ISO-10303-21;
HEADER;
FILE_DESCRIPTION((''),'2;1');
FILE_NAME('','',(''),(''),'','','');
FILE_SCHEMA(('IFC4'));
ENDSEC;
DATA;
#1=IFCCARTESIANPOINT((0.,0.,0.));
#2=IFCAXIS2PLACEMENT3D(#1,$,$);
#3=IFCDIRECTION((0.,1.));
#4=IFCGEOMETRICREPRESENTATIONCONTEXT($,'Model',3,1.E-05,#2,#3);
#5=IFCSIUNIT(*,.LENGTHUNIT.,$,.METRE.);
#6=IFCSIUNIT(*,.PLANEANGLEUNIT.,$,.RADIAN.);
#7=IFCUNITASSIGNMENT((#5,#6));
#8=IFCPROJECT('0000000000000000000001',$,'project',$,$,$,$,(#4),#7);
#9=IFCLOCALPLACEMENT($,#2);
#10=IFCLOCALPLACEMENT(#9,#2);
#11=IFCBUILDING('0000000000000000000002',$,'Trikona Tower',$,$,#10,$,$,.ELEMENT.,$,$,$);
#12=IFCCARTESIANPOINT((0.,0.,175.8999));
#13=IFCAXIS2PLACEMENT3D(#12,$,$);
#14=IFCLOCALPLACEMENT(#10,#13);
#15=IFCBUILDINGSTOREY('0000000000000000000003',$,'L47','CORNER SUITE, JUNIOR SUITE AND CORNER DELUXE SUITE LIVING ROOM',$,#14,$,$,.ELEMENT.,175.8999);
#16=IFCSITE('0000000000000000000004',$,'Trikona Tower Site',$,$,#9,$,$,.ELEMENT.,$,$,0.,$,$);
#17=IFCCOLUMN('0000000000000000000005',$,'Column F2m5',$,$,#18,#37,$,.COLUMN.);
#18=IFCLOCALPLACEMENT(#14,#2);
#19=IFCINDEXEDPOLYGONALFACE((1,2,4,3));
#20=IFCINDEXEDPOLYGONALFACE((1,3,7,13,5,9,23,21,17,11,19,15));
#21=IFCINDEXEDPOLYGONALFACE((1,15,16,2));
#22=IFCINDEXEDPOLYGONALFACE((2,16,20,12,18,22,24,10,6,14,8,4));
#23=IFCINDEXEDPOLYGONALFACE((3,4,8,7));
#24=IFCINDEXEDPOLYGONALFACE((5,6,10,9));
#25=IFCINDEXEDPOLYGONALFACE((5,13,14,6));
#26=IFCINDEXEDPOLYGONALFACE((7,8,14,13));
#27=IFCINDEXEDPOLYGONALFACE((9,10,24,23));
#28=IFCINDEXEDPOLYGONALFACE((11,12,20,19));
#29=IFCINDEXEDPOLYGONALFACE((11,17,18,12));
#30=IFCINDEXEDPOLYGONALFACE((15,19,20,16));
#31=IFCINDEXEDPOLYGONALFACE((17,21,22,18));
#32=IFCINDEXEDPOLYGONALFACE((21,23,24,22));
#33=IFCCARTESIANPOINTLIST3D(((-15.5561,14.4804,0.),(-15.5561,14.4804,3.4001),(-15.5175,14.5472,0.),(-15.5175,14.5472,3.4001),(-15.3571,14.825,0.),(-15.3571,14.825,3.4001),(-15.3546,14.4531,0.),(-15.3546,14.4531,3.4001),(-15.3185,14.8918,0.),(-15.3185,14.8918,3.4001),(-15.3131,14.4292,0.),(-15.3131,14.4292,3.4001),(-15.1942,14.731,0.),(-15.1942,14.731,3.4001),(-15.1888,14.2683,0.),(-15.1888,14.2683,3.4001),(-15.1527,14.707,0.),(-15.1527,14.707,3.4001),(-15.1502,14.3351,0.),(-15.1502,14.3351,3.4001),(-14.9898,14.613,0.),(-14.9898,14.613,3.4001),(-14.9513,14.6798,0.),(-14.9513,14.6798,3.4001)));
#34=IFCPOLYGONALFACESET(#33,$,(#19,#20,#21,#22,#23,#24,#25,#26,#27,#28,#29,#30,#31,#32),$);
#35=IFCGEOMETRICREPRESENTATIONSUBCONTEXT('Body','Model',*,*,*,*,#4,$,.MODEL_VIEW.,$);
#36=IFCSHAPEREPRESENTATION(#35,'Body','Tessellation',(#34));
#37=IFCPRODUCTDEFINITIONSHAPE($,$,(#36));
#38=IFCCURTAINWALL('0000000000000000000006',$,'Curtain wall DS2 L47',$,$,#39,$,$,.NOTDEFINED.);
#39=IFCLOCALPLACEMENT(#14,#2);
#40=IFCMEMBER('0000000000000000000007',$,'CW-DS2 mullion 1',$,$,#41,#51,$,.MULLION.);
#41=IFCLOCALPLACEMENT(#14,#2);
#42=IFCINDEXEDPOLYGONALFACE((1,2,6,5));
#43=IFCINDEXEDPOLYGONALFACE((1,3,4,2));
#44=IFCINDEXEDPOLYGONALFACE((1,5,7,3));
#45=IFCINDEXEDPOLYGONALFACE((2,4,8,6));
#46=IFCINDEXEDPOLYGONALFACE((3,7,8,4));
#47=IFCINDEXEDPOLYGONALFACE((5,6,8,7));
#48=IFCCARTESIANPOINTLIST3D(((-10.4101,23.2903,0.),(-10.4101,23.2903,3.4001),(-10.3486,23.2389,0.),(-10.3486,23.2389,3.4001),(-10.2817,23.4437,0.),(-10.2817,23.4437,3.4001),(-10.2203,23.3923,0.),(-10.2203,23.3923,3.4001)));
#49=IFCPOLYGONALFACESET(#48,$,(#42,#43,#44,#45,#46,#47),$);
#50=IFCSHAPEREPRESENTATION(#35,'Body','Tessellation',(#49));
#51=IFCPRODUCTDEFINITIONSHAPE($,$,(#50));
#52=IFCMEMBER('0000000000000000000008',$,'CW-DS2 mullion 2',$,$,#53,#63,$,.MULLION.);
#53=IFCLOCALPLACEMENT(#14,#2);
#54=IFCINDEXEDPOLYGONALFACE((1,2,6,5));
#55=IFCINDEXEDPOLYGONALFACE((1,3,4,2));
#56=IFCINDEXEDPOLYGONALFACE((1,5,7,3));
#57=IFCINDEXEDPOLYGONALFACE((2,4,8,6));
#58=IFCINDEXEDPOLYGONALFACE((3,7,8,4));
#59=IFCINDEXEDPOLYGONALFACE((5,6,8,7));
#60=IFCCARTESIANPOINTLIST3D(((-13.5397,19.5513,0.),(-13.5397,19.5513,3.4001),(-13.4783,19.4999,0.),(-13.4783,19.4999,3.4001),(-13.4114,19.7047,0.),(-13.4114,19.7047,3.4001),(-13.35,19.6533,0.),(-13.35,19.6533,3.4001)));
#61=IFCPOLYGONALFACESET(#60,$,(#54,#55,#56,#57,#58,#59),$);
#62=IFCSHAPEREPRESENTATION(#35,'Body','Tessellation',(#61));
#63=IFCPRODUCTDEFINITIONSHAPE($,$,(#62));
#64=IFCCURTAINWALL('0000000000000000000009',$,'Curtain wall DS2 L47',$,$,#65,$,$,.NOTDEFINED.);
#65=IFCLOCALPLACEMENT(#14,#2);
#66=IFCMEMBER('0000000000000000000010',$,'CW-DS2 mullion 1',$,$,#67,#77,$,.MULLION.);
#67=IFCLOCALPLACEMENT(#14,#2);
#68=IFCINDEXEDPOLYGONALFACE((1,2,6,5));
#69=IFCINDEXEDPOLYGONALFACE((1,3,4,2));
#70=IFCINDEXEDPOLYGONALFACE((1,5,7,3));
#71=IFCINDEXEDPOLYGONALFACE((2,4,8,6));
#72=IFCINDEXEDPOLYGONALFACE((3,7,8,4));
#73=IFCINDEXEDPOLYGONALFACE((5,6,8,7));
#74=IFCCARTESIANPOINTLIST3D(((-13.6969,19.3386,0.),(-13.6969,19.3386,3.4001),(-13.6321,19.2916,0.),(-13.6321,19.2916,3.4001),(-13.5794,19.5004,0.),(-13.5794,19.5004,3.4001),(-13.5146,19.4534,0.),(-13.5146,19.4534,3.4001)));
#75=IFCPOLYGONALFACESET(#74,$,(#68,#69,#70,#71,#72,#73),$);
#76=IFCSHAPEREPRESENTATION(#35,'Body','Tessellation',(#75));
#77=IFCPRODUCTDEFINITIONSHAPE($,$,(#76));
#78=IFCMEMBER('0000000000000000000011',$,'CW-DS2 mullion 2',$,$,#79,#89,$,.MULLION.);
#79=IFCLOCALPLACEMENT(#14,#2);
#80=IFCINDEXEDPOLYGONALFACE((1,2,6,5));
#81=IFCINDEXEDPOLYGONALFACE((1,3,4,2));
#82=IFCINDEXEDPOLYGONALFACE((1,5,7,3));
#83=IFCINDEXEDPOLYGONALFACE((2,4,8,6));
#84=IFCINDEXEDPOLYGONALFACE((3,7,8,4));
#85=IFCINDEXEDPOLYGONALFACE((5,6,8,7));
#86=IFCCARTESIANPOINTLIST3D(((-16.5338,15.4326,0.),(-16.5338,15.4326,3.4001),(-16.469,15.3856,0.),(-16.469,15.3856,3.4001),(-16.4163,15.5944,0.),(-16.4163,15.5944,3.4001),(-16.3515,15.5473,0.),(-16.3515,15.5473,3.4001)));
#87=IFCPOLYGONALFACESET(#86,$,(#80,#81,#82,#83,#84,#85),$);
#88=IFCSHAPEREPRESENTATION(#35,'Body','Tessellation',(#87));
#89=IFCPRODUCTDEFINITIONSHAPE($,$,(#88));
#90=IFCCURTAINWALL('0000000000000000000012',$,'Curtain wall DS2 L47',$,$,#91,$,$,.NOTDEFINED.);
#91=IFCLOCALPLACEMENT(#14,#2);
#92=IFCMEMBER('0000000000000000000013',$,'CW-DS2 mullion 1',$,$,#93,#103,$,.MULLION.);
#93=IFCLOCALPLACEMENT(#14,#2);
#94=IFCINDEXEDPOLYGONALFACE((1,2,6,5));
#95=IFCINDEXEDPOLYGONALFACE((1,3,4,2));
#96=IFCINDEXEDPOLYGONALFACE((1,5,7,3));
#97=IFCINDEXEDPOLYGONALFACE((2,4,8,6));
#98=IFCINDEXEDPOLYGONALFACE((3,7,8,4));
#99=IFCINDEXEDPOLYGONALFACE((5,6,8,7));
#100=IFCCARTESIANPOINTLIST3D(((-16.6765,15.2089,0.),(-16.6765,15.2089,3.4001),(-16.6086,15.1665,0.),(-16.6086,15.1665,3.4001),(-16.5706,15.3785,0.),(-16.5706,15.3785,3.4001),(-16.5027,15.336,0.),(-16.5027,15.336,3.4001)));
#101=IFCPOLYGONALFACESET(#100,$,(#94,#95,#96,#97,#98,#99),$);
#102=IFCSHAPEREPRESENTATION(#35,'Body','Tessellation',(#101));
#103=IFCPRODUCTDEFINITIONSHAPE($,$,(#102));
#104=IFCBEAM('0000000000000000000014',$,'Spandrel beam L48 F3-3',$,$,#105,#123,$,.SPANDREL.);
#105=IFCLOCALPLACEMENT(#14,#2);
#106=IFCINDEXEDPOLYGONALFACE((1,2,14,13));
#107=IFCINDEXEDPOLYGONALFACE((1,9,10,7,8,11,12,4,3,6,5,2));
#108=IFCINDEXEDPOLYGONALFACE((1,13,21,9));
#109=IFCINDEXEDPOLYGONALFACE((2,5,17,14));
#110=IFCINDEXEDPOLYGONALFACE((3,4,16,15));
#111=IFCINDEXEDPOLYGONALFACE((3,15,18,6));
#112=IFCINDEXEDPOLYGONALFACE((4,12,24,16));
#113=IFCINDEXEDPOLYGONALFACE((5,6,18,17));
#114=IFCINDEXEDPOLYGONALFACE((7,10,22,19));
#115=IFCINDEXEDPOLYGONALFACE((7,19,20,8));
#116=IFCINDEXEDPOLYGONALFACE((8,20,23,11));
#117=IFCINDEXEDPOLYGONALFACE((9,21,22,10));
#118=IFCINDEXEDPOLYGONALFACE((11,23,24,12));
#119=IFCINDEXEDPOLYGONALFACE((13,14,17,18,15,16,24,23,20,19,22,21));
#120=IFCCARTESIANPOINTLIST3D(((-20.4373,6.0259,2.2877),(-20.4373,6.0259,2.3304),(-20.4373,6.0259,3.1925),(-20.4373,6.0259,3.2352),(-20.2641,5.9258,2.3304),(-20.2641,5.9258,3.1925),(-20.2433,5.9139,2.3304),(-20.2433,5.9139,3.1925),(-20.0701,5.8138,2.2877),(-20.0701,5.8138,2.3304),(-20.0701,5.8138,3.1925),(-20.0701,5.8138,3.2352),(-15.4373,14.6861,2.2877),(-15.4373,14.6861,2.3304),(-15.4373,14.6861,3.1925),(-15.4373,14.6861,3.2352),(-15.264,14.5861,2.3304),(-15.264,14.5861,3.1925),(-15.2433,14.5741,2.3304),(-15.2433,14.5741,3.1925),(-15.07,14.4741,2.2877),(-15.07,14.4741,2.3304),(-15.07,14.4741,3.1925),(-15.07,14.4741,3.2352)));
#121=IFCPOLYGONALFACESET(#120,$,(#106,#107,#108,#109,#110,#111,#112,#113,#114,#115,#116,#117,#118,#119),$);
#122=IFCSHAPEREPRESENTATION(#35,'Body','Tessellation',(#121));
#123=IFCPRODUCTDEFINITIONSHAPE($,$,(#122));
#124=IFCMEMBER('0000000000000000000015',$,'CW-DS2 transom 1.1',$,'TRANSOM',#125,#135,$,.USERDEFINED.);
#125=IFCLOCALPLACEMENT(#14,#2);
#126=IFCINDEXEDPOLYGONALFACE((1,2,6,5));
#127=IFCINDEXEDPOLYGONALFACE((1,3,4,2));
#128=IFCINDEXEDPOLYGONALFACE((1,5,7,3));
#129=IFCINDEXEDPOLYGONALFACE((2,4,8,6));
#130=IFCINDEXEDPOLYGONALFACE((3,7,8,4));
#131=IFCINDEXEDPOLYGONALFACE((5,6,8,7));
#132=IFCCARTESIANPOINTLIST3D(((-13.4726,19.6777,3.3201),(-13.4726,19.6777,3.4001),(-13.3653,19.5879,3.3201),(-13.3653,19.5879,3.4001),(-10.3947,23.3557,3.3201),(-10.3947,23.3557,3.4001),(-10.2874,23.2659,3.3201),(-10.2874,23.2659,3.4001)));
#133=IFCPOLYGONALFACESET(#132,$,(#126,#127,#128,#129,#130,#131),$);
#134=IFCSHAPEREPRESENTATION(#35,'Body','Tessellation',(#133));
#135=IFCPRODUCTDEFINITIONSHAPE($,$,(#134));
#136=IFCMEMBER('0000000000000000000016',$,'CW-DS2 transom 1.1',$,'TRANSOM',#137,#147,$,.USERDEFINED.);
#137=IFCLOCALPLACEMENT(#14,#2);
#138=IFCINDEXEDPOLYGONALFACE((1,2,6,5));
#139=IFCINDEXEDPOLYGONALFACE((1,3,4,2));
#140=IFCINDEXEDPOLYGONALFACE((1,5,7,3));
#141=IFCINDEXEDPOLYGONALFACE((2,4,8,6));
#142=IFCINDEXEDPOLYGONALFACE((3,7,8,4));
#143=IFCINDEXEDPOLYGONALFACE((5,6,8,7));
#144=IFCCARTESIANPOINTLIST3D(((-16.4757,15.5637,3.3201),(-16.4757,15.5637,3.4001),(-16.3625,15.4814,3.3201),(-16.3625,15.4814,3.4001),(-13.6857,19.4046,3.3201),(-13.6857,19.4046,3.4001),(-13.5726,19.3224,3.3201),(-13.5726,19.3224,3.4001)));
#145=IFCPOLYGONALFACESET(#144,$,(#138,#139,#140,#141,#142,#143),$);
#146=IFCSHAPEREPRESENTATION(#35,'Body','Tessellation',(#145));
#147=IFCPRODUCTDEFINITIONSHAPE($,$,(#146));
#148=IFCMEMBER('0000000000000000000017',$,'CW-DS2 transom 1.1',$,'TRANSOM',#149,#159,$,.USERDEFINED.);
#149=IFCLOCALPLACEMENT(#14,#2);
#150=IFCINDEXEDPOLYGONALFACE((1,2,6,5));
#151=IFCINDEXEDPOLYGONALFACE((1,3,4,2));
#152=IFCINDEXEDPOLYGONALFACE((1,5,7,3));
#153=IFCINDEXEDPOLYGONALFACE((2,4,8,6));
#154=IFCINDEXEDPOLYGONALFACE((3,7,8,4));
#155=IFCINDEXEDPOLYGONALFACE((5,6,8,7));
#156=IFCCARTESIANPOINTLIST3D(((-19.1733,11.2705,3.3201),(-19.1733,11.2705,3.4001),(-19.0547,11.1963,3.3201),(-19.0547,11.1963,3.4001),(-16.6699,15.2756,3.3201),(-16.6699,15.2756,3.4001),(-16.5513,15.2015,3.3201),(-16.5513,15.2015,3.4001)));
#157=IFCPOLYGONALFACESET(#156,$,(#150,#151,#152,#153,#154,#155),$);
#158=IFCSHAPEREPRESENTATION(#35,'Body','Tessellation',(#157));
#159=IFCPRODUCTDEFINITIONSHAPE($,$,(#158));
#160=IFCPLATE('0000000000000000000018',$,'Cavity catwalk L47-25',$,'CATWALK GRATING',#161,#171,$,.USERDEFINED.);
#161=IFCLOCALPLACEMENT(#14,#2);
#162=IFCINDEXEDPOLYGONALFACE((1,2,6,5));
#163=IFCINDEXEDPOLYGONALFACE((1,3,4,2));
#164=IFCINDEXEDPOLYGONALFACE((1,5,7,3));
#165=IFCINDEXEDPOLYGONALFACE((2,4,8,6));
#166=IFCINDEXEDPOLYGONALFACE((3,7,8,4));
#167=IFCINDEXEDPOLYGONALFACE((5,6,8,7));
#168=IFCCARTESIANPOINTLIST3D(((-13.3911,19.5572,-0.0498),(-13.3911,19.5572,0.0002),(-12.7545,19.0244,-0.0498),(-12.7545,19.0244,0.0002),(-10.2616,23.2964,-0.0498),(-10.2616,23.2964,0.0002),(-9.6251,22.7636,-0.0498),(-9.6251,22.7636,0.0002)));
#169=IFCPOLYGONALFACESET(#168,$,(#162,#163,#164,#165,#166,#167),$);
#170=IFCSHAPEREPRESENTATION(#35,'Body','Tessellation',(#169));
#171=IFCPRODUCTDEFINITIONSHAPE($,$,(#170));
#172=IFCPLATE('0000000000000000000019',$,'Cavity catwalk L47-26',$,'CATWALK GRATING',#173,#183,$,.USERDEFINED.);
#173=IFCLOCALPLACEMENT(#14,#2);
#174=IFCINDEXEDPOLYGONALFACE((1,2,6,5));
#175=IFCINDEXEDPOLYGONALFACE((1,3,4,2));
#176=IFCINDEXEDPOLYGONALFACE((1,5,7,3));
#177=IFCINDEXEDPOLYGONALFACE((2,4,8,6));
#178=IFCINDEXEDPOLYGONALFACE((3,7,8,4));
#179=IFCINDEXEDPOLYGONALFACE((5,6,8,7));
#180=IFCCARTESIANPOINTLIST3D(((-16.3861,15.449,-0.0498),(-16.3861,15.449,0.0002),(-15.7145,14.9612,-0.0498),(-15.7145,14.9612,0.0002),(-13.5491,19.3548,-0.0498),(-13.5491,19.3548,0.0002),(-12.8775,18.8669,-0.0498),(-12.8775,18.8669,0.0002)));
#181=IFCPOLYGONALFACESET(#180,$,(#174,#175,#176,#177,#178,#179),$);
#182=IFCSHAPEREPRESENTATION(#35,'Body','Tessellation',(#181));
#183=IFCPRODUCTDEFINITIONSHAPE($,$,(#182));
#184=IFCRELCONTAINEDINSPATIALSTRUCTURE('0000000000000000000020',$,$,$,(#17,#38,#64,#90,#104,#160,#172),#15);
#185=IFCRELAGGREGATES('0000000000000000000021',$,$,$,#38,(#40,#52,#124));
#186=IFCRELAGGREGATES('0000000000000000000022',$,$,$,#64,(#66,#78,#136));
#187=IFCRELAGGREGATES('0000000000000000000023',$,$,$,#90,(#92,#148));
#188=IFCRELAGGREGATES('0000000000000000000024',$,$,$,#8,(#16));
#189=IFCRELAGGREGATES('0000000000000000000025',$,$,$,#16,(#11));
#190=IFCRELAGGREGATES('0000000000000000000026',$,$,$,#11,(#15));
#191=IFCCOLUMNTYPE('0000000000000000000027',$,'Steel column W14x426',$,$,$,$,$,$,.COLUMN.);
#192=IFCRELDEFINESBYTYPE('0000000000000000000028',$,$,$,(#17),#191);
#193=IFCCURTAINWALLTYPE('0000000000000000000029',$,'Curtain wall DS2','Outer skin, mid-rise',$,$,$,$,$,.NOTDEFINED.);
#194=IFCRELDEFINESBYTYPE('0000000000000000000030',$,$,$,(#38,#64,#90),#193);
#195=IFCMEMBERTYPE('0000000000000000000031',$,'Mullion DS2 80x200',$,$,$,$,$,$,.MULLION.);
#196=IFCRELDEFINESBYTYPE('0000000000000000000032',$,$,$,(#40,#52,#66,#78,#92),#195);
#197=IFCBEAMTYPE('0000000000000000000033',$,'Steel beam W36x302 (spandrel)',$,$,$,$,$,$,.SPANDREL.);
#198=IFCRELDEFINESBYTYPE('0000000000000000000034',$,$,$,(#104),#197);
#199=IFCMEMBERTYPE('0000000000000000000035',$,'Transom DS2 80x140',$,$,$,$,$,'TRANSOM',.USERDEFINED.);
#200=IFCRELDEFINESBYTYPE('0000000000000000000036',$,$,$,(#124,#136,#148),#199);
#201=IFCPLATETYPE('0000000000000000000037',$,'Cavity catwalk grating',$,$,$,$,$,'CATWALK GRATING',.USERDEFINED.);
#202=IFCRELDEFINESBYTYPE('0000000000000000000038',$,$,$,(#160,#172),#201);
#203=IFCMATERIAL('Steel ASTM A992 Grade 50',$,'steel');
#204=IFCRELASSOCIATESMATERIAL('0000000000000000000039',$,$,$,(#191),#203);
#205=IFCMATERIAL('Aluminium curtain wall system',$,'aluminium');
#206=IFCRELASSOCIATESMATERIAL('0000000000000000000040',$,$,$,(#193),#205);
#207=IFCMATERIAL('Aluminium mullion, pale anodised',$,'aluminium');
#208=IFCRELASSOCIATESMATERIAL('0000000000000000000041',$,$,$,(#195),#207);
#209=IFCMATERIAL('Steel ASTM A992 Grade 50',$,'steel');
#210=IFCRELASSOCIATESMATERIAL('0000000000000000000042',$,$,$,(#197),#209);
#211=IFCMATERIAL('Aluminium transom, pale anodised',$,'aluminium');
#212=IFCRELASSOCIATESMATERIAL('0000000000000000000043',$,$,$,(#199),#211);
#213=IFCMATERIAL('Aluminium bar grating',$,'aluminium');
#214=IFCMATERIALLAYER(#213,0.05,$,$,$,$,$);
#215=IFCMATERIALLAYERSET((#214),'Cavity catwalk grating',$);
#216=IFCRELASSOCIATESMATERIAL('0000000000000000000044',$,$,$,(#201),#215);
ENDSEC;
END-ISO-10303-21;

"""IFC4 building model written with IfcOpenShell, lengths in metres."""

from ifc_helpers import new_model, si_unit, direction, frame, origin, origin_2d, place, context, subcontext, project, spatial, rectangle, i_section, extrude, material, layer, layer_set, material_profile, profile_set, type_object, element, aggregate, save


model = new_model("IFC4")

# Units and contexts
model_context = context("Model", 3, precision=1e-05, world=origin(), true_north=direction((0.0, 1.0)))
body_context = subcontext(model_context, "Body", "Model", "MODEL_VIEW")
ifc_project = project(units=[si_unit("LENGTHUNIT", "METRE"), si_unit("PLANEANGLEUNIT", "RADIAN")], contexts=[model_context])

# Site, building, storey
site_placement = place(None, origin())
site = spatial("IfcSite", under=ifc_project, at=site_placement, Name="Trikona Tower Site", CompositionType="ELEMENT", RefElevation=0.0)
building_placement = place(site_placement, origin())
building = spatial("IfcBuilding", under=site, at=building_placement, Name="Trikona Tower", CompositionType="ELEMENT")
storey_placement = place(building_placement, frame((0.0, 0.0, 175.8999)))
storey = spatial("IfcBuildingStorey", under=building, at=storey_placement, Name="L47", Description="CORNER SUITE, JUNIOR SUITE AND CORNER DELUXE SUITE LIVING ROOM", CompositionType="ELEMENT", Elevation=175.8999)

# Column
ifc_material_1 = material(Name="Steel ASTM A992 Grade 50", Category="steel")
ifc_material_profile_1 = material_profile(ifc_material_1, i_section(OverallWidth=0.4241, OverallDepth=0.4751, WebThickness=0.0479, FlangeThickness=0.0771, at=origin_2d()), Name="W14X426")
ifc_profile_set_1 = profile_set([ifc_material_profile_1], Name="Steel ASTM A992 Grade 50")
column_type = type_object("IfcColumnType", Name="Steel column W14x426", PredefinedType="COLUMN", material=ifc_profile_set_1)
column_placement = place(storey_placement, frame((-15.2537, 14.5801, 0.0), z_axis=(0.0, 0.0, 1.0), x_axis=(-0.866025, 0.5, 0.0)))
element("IfcColumn", 1, at=column_placement, inside=storey, type_object=column_type, Name="Column F2m5", PredefinedType="COLUMN", context=body_context, shape_type="SweptSolid", body=[
    extrude(i_section(OverallWidth=0.4241, OverallDepth=0.4751, WebThickness=0.0479, FlangeThickness=0.0771, at=origin_2d()), origin(), (0.0, 0.0, 1.0), 3.4001),
])

# Curtain walls, members
ifc_material_2 = material(Name="Aluminium curtain wall system", Category="aluminium")
curtain_wall_type = type_object("IfcCurtainWallType", Name="Curtain wall DS2", Description="Outer skin, mid-rise", PredefinedType="NOTDEFINED", material=ifc_material_2)
curtain_wall_1_placement = place(storey_placement, origin())
curtain_wall_1 = element("IfcCurtainWall", 2, at=curtain_wall_1_placement, inside=storey, type_object=curtain_wall_type, Name="Curtain wall DS2 L47", PredefinedType="NOTDEFINED")
ifc_material_3 = material(Name="Aluminium mullion, pale anodised", Category="aluminium")
ifc_material_profile_2 = material_profile(ifc_material_3, rectangle(XDim=0.0801, YDim=0.2, at=origin_2d()), Name="MUL-DS2")
ifc_profile_set_2 = profile_set([ifc_material_profile_2], Name="Aluminium mullion, pale anodised")
member_type_1 = type_object("IfcMemberType", Name="Mullion DS2 80x200", PredefinedType="MULLION", material=ifc_profile_set_2)
member_1_placement = place(storey_placement, frame((-10.3152, 23.3413, 0.0), z_axis=(0.0, 0.0, 1.0), x_axis=(0.766867, -0.641806, 0.0)))
member_1 = element("IfcMember", 3, at=member_1_placement, type_object=member_type_1, Name="CW-DS2 mullion 1", PredefinedType="MULLION", context=body_context, shape_type="SweptSolid", body=[
    extrude(rectangle(XDim=0.0801, YDim=0.2, at=origin_2d()), origin(), (0.0, 0.0, 1.0), 3.4001),
])
member_2_placement = place(storey_placement, frame((-13.4448, 19.6023, 0.0), z_axis=(0.0, 0.0, 1.0), x_axis=(0.766867, -0.641806, 0.0)))
member_2 = element("IfcMember", 4, at=member_2_placement, type_object=member_type_1, Name="CW-DS2 mullion 2", PredefinedType="MULLION", context=body_context, shape_type="SweptSolid", body=[
    extrude(rectangle(XDim=0.0801, YDim=0.2, at=origin_2d()), origin(), (0.0, 0.0, 1.0), 3.4001),
])
curtain_wall_2_placement = place(storey_placement, origin())
curtain_wall_2 = element("IfcCurtainWall", 5, at=curtain_wall_2_placement, inside=storey, type_object=curtain_wall_type, Name="Curtain wall DS2 L47", PredefinedType="NOTDEFINED")
member_3_placement = place(storey_placement, frame((-13.6057, 19.396, 0.0), z_axis=(0.0, 0.0, 1.0), x_axis=(0.809086, -0.587691, 0.0)))
member_3 = element("IfcMember", 6, at=member_3_placement, type_object=member_type_1, Name="CW-DS2 mullion 1", PredefinedType="MULLION", context=body_context, shape_type="SweptSolid", body=[
    extrude(rectangle(XDim=0.0801, YDim=0.2, at=origin_2d()), origin(), (0.0, 0.0, 1.0), 3.4001),
])
member_4_placement = place(storey_placement, frame((-16.4426, 15.49, 0.0), z_axis=(0.0, 0.0, 1.0), x_axis=(0.809086, -0.587691, 0.0)))
member_4 = element("IfcMember", 7, at=member_4_placement, type_object=member_type_1, Name="CW-DS2 mullion 2", PredefinedType="MULLION", context=body_context, shape_type="SweptSolid", body=[
    extrude(rectangle(XDim=0.0801, YDim=0.2, at=origin_2d()), origin(), (0.0, 0.0, 1.0), 3.4001),
])

# Curtain wall, member
curtain_wall_3_placement = place(storey_placement, origin())
curtain_wall_3 = element("IfcCurtainWall", 8, at=curtain_wall_3_placement, inside=storey, type_object=curtain_wall_type, Name="Curtain wall DS2 L47", PredefinedType="NOTDEFINED")
member_5_placement = place(storey_placement, frame((-16.5896, 15.2725, 0.0), z_axis=(0.0, 0.0, 1.0), x_axis=(0.847998, -0.529999, 0.0)))
member_5 = element("IfcMember", 9, at=member_5_placement, type_object=member_type_1, Name="CW-DS2 mullion 1", PredefinedType="MULLION", context=body_context, shape_type="SweptSolid", body=[
    extrude(rectangle(XDim=0.0801, YDim=0.2, at=origin_2d()), origin(), (0.0, 0.0, 1.0), 3.4001),
])

# Beam
ifc_material_4 = material(Name="Steel ASTM A992 Grade 50", Category="steel")
ifc_material_profile_3 = material_profile(ifc_material_4, i_section(OverallWidth=0.4241, OverallDepth=0.9475, WebThickness=0.0239, FlangeThickness=0.0427, at=origin_2d()), Name="W36X302")
ifc_profile_set_3 = profile_set([ifc_material_profile_3], Name="Steel ASTM A992 Grade 50")
beam_type = type_object("IfcBeamType", Name="Steel beam W36x302 (spandrel)", PredefinedType="SPANDREL", material=ifc_profile_set_3)
beam_placement = place(storey_placement, frame((-15.2537, 14.5801, 2.7615), z_axis=(-0.500004, -0.866023, 0.0), x_axis=(0.866023, -0.500004, 0.0)))
element("IfcBeam", 10, at=beam_placement, inside=storey, type_object=beam_type, Name="Spandrel beam L48 F3-3", PredefinedType="SPANDREL", context=body_context, shape_type="SweptSolid", body=[
    extrude(i_section(OverallWidth=0.4241, OverallDepth=0.9475, WebThickness=0.0239, FlangeThickness=0.0427, at=origin_2d()), origin(), (0.0, 0.0, 1.0), 10.0),
])

# Members
ifc_material_5 = material(Name="Aluminium transom, pale anodised", Category="aluminium")
ifc_material_profile_4 = material_profile(ifc_material_5, rectangle(XDim=0.1399, YDim=0.0801, at=origin_2d()), Name="TRN-DS2")
ifc_profile_set_4 = profile_set([ifc_material_profile_4], Name="Aluminium transom, pale anodised")
member_type_2 = type_object("IfcMemberType", Name="Transom DS2 80x140", ElementType="TRANSOM", PredefinedType="USERDEFINED", material=ifc_profile_set_4)
member_6_placement = place(storey_placement, frame((-10.3411, 23.3108, 3.3601), z_axis=(-0.64177, -0.766897, 0.0), x_axis=(0.766897, -0.64177, 0.0)))
member_6 = element("IfcMember", 11, at=member_6_placement, type_object=member_type_2, Name="CW-DS2 transom 1.1", ObjectType="TRANSOM", PredefinedType="USERDEFINED", context=body_context, shape_type="SweptSolid", body=[
    extrude(rectangle(XDim=0.1399, YDim=0.0801, at=origin_2d()), origin(), (0.0, 0.0, 1.0), 4.7959),
])
member_7_placement = place(storey_placement, frame((-13.6292, 19.3635, 3.3601), z_axis=(-0.587695, -0.809083, 0.0), x_axis=(0.809083, -0.587695, 0.0)))
member_7 = element("IfcMember", 12, at=member_7_placement, type_object=member_type_2, Name="CW-DS2 transom 1.1", ObjectType="TRANSOM", PredefinedType="USERDEFINED", context=body_context, shape_type="SweptSolid", body=[
    extrude(rectangle(XDim=0.1399, YDim=0.0801, at=origin_2d()), origin(), (0.0, 0.0, 1.0), 4.7473),
])
member_8_placement = place(storey_placement, frame((-16.6106, 15.2385, 3.3601), z_axis=(-0.530031, -0.847978, 0.0), x_axis=(0.847978, -0.530031, 0.0)))
member_8 = element("IfcMember", 13, at=member_8_placement, type_object=member_type_2, Name="CW-DS2 transom 1.1", ObjectType="TRANSOM", PredefinedType="USERDEFINED", context=body_context, shape_type="SweptSolid", body=[
    extrude(rectangle(XDim=0.1399, YDim=0.0801, at=origin_2d()), origin(), (0.0, 0.0, 1.0), 4.7231),
])

# Plates
ifc_material_6 = material(Name="Aluminium bar grating", Category="aluminium")
ifc_layer_1 = layer(ifc_material_6, 0.05)
ifc_layer_set_1 = layer_set([ifc_layer_1], Name="Cavity catwalk grating")
plate_type_1 = type_object("IfcPlateType", Name="Cavity catwalk grating", ElementType="CATWALK GRATING", PredefinedType="USERDEFINED", material=ifc_layer_set_1)
plate_1_placement = place(storey_placement, frame((-11.5081, 21.1604, -0.0498), z_axis=(0.0, 0.0, 1.0), x_axis=(-0.641807, -0.766866, 0.0)))
element("IfcPlate", 14, at=plate_1_placement, inside=storey, type_object=plate_type_1, Name="Cavity catwalk L47-25", ObjectType="CATWALK GRATING", PredefinedType="USERDEFINED", context=body_context, shape_type="SweptSolid", body=[
    extrude(rectangle(XDim=4.876, YDim=0.8301, at=origin_2d()), origin(), (0.0, 0.0, 1.0), 0.05),
])
plate_2_placement = place(storey_placement, frame((-14.6318, 17.158, -0.0498), z_axis=(0.0, 0.0, 1.0), x_axis=(-0.587686, -0.809089, 0.0)))
element("IfcPlate", 15, at=plate_2_placement, inside=storey, type_object=plate_type_1, Name="Cavity catwalk L47-26", ObjectType="CATWALK GRATING", PredefinedType="USERDEFINED", context=body_context, shape_type="SweptSolid", body=[
    extrude(rectangle(XDim=4.8274, YDim=0.8301, at=origin_2d()), origin(), (0.0, 0.0, 1.0), 0.05),
])

aggregate(curtain_wall_1, [member_1, member_2, member_6])
aggregate(curtain_wall_2, [member_3, member_4, member_7])
aggregate(curtain_wall_3, [member_5, member_8])

save(model, "model.ifc")
